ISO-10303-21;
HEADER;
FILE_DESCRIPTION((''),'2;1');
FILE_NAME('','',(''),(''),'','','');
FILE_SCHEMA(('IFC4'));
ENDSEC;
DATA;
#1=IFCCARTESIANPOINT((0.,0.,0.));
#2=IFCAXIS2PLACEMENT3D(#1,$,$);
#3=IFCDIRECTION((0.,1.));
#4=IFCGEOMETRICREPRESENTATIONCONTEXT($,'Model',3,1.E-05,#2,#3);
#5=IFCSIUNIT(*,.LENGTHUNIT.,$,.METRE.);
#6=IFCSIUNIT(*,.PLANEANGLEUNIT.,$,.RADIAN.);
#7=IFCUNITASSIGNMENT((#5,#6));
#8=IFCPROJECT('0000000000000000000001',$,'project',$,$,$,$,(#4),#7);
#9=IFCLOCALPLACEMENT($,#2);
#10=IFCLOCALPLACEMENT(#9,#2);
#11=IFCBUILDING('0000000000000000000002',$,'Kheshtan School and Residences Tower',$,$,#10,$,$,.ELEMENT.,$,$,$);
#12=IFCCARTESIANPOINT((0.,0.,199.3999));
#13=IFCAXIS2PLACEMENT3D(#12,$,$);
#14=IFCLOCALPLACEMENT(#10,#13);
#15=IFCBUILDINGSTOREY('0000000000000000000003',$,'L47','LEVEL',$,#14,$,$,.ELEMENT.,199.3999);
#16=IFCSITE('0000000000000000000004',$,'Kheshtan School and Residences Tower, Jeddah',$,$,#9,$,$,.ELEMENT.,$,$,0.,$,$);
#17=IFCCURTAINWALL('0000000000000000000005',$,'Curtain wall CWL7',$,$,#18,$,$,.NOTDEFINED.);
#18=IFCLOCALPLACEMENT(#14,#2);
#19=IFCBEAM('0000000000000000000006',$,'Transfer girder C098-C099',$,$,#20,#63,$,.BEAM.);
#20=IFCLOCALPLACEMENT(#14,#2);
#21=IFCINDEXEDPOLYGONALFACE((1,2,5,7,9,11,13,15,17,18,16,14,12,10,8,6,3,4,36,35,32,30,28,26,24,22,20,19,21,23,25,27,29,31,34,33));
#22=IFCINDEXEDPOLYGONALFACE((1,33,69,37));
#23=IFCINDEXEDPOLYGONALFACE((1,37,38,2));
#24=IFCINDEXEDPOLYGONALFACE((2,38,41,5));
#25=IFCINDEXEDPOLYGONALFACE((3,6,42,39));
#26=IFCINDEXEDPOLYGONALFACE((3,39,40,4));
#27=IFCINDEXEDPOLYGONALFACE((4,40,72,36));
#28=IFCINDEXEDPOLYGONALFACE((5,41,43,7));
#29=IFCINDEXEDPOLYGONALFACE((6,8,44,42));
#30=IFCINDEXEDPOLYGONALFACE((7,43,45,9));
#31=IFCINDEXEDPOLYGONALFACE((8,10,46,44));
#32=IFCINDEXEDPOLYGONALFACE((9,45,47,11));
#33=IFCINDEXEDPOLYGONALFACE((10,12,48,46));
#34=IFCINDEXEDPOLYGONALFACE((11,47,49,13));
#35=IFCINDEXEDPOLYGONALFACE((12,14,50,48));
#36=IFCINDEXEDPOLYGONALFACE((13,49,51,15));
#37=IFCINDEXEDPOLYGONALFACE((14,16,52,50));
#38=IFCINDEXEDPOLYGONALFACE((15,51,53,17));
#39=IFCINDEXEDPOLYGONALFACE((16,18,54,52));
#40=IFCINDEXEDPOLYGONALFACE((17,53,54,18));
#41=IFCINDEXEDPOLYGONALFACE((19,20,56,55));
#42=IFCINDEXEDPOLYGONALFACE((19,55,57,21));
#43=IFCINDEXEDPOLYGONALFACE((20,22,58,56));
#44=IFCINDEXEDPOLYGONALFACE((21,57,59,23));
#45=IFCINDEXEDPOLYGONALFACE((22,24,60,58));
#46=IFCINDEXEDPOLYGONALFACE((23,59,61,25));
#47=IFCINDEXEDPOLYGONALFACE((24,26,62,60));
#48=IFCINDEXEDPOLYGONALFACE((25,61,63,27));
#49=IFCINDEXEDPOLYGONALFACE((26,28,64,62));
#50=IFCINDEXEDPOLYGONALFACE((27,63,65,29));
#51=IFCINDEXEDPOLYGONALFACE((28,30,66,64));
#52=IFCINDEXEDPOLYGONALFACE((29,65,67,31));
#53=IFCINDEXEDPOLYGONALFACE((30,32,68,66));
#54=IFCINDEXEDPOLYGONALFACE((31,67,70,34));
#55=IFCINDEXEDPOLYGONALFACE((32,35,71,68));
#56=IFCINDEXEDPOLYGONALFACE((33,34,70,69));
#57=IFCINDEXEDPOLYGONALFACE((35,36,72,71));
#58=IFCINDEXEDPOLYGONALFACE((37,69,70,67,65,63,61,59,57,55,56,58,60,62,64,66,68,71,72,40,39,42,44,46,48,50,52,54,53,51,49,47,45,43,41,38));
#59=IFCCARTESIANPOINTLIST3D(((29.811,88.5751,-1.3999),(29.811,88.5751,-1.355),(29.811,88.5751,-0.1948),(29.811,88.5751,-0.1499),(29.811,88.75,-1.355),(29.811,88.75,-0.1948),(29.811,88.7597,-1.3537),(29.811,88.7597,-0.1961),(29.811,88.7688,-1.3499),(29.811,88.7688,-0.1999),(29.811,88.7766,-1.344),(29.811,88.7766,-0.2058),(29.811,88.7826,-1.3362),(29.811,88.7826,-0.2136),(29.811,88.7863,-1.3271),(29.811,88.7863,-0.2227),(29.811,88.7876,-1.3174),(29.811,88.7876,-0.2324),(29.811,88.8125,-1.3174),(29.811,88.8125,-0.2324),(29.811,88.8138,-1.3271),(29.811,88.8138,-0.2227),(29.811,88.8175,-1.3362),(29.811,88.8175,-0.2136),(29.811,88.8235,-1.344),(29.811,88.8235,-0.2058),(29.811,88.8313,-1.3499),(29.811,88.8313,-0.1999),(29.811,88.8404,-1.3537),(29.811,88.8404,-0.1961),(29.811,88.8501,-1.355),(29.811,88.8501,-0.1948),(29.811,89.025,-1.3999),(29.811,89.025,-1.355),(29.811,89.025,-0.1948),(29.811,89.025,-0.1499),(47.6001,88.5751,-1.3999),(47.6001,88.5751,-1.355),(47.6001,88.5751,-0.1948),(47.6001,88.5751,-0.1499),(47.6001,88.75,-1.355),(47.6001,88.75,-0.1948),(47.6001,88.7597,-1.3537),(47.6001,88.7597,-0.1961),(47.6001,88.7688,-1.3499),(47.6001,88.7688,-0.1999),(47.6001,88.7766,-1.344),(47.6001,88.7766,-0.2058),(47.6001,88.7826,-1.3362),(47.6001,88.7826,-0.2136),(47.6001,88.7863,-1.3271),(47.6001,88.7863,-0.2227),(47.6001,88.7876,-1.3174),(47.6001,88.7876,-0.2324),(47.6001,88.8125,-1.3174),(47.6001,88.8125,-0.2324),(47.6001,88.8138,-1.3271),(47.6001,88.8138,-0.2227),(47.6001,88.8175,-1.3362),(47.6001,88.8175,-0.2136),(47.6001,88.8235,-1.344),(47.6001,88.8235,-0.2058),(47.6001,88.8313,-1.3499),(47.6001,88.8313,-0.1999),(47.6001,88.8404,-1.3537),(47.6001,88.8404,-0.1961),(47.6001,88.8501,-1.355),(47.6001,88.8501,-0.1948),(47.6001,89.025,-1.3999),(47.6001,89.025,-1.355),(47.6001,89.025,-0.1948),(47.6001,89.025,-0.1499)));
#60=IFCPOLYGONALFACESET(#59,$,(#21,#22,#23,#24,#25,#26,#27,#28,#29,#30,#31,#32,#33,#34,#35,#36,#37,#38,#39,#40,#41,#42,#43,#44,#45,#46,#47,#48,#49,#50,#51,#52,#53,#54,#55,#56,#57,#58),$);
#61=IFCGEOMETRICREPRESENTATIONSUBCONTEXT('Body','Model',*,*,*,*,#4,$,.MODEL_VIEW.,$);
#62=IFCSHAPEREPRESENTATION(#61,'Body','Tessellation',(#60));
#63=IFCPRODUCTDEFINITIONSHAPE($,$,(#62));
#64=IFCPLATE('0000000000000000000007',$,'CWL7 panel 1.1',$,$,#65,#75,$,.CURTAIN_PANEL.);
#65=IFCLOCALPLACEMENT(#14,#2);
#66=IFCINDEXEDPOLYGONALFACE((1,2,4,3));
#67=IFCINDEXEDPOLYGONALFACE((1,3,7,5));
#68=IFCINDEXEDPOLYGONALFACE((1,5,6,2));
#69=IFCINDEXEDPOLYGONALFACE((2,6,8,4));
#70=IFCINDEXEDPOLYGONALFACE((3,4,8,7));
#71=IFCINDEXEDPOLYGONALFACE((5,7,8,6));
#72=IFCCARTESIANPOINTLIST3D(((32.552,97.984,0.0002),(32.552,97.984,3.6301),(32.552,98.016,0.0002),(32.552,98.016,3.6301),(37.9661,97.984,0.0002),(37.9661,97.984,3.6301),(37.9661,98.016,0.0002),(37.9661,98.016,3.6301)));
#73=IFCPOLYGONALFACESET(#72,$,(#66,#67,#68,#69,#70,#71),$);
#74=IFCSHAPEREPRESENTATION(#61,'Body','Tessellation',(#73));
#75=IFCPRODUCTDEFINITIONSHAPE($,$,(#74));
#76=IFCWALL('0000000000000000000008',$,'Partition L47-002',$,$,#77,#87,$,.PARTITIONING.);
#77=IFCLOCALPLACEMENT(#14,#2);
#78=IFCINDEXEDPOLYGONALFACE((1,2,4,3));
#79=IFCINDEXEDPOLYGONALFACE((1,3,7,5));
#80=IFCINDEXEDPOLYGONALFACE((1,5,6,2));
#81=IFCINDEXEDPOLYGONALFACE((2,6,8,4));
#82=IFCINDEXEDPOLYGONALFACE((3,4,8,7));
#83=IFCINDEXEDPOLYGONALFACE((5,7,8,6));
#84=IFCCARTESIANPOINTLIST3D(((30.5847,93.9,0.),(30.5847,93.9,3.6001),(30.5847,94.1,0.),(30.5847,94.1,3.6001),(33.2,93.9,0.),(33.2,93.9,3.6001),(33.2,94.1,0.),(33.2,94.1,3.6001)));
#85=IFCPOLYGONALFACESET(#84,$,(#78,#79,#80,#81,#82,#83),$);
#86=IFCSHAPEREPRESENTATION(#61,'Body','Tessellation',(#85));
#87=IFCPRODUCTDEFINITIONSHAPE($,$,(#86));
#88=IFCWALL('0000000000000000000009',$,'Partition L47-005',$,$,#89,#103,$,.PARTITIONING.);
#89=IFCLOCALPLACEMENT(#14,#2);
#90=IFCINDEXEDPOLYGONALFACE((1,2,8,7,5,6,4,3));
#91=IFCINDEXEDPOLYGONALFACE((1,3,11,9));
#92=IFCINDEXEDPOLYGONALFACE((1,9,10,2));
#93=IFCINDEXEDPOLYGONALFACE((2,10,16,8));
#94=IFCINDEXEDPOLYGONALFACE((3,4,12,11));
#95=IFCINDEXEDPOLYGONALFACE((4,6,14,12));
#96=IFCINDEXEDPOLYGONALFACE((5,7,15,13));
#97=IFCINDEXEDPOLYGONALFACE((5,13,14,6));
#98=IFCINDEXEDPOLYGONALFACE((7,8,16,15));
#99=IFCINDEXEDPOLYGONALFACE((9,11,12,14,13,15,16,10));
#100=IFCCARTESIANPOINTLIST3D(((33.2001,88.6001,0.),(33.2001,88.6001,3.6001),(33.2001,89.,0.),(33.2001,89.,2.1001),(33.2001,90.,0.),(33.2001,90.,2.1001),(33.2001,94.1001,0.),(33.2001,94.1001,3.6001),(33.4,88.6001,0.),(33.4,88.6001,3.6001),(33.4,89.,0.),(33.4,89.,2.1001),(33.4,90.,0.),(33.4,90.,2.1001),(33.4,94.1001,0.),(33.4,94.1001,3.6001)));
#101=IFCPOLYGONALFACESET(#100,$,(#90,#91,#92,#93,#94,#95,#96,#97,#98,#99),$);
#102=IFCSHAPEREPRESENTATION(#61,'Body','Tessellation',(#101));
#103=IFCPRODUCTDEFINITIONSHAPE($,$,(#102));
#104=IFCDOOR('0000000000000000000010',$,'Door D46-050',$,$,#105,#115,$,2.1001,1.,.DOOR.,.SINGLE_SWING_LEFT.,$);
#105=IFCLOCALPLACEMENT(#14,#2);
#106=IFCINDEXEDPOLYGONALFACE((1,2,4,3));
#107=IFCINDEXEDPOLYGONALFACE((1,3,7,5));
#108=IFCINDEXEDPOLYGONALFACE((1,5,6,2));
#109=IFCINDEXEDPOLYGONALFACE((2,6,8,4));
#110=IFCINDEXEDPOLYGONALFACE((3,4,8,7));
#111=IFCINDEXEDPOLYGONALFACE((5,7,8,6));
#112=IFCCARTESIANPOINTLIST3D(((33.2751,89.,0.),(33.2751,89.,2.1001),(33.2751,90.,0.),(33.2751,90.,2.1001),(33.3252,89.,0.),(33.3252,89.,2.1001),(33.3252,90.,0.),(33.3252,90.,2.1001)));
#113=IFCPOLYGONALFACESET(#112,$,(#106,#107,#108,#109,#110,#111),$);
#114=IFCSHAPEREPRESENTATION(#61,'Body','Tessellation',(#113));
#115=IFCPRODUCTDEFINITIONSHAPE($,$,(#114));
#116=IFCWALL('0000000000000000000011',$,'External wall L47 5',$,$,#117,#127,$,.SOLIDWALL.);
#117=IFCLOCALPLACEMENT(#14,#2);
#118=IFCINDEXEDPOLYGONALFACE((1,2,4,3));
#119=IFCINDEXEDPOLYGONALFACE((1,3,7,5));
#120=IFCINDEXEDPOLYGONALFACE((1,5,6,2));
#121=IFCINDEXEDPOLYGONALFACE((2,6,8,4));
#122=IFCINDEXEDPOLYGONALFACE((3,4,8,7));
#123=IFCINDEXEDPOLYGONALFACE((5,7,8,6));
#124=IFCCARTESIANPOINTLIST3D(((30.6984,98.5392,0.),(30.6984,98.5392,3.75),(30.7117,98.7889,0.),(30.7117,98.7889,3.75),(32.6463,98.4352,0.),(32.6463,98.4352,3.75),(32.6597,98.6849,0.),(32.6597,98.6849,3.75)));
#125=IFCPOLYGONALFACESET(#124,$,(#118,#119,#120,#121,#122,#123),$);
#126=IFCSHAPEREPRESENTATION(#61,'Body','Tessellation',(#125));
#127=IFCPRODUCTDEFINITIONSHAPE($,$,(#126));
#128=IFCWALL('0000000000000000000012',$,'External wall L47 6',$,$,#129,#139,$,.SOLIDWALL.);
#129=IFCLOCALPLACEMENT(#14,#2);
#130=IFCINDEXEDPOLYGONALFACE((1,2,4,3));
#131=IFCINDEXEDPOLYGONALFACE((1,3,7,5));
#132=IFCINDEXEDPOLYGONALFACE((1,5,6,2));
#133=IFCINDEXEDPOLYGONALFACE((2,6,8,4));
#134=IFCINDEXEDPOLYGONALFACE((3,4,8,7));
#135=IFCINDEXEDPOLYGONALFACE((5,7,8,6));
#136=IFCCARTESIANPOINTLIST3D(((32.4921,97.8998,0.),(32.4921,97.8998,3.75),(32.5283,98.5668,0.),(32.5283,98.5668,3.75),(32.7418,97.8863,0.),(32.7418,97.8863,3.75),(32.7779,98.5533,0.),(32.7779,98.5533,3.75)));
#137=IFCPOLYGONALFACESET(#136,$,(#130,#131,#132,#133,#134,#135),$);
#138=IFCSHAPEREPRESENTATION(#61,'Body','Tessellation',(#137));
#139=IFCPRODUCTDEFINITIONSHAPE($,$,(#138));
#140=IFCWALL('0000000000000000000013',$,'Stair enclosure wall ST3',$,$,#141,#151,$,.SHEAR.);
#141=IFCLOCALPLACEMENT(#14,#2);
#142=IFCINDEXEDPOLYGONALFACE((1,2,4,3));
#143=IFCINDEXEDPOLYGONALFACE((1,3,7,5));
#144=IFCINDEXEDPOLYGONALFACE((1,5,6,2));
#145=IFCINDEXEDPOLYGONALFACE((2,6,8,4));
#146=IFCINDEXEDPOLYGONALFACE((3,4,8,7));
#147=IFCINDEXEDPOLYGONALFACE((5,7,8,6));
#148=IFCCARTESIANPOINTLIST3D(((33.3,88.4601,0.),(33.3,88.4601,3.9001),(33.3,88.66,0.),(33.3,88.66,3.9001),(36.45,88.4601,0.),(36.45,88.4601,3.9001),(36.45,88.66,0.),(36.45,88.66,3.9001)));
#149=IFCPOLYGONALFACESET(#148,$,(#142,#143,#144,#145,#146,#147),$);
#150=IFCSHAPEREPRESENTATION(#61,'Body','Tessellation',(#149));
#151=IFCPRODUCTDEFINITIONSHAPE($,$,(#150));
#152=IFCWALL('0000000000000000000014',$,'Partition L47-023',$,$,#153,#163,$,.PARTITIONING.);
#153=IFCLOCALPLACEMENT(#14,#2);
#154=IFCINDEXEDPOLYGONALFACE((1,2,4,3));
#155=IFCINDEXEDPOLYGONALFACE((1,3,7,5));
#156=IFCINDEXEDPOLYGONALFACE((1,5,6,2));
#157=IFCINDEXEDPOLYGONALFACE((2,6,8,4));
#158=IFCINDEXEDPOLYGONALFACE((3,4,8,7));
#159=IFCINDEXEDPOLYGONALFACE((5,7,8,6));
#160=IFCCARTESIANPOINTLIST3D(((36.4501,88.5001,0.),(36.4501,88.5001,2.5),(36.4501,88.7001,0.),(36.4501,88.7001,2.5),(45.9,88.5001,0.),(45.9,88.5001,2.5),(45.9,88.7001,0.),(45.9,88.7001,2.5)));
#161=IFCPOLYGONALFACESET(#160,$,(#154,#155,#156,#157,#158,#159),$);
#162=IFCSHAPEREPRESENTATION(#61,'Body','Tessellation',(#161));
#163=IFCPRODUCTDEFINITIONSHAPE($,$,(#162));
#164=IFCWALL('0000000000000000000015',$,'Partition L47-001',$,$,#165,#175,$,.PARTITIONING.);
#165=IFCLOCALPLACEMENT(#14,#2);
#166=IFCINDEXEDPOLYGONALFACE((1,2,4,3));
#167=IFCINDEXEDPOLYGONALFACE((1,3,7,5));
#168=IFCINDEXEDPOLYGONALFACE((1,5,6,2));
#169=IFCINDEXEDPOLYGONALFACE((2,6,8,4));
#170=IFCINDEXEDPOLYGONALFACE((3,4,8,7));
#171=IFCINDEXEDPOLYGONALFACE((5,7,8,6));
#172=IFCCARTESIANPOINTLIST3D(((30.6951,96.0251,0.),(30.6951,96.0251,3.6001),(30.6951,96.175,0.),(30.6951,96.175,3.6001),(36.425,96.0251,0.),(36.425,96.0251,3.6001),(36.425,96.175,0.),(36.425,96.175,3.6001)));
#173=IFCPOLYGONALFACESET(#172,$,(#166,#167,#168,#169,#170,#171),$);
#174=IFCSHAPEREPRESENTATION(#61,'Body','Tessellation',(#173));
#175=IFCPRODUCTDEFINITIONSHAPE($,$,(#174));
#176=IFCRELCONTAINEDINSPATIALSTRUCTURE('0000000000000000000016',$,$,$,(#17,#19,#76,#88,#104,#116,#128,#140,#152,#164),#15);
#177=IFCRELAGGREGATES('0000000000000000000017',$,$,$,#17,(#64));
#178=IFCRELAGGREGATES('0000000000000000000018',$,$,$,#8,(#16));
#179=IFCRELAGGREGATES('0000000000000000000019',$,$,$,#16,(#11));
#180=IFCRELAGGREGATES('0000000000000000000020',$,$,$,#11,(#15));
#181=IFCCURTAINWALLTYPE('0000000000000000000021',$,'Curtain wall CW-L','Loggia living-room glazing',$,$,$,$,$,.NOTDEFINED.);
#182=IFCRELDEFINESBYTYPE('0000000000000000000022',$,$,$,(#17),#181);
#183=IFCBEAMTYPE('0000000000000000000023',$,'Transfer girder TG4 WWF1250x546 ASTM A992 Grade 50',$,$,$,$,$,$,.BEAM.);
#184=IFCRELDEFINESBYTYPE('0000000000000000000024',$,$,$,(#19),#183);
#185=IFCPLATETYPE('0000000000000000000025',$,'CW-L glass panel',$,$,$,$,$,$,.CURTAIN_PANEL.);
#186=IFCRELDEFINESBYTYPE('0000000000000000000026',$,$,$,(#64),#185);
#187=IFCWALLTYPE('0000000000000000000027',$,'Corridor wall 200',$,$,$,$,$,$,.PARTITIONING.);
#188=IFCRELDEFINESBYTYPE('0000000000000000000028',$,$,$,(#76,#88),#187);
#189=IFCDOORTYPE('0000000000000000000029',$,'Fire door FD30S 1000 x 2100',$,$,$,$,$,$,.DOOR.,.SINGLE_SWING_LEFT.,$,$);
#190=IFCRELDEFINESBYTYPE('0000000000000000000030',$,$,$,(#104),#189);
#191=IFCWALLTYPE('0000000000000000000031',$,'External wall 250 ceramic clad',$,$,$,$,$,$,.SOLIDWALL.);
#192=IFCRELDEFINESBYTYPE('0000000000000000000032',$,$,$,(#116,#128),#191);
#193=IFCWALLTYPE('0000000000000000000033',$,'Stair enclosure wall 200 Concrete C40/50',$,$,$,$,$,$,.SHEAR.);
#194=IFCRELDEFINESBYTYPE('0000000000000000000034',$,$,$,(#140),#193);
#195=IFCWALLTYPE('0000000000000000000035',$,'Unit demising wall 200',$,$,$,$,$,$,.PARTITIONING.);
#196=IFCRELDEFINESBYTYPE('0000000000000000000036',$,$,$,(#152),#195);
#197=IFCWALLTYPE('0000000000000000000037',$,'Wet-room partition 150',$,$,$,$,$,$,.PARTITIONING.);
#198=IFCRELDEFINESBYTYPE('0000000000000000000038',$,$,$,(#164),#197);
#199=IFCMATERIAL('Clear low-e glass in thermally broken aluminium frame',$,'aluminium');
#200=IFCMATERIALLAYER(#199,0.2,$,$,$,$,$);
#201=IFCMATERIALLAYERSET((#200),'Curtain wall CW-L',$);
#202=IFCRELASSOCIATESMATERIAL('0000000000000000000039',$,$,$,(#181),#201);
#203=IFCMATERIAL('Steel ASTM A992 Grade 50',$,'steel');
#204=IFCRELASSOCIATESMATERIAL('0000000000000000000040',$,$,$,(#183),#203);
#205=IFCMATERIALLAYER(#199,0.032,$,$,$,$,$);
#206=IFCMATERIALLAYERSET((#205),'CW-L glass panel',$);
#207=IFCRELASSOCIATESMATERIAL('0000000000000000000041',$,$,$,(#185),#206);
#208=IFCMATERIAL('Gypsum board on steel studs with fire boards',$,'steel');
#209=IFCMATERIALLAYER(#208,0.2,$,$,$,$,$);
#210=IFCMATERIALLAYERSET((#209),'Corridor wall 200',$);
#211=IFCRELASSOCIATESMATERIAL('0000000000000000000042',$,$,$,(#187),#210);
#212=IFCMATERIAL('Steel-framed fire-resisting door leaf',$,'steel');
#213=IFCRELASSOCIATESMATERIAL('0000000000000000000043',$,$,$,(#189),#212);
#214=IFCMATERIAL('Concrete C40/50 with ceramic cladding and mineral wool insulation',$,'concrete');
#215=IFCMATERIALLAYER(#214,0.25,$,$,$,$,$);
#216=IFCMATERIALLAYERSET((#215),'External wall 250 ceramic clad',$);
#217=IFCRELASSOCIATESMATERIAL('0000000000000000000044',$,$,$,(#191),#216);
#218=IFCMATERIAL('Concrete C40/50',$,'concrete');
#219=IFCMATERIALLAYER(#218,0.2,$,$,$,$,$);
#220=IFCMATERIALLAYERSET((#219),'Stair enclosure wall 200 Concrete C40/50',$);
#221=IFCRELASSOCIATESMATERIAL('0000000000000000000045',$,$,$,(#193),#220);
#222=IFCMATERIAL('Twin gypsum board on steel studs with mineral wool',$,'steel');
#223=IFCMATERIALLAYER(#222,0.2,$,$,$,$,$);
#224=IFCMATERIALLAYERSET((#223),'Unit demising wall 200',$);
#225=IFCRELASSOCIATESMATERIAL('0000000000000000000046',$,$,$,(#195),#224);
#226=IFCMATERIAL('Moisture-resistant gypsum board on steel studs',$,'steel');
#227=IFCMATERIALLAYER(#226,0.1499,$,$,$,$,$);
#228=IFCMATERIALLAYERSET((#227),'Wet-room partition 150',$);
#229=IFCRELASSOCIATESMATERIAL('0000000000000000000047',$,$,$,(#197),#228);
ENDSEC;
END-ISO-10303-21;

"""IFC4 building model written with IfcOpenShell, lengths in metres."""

from ifc_helpers import new_model, si_unit, direction, frame, frame_2d, origin, origin_2d, place, context, subcontext, project, spatial, rectangle, i_section, extrude, source, transform, mapped, material, layer, layer_set, material_profile, profile_set, type_object, element, fill, aggregate, save


model = new_model("IFC4")

# Units and contexts
model_context = context("Model", 3, precision=1e-05, world=origin(), true_north=direction((0.0, 1.0)))
body_context = subcontext(model_context, "Body", "Model", "MODEL_VIEW")
ifc_project = project(units=[si_unit("LENGTHUNIT", "METRE"), si_unit("PLANEANGLEUNIT", "RADIAN")], contexts=[model_context])

# Site, building, storey
site_placement = place(None, origin())
site = spatial("IfcSite", under=ifc_project, at=site_placement, Name="Kheshtan School and Residences Tower, Jeddah", CompositionType="ELEMENT", RefElevation=0.0)
building_placement = place(site_placement, origin())
building = spatial("IfcBuilding", under=site, at=building_placement, Name="Kheshtan School and Residences Tower", CompositionType="ELEMENT")
storey_placement = place(building_placement, frame((0.0, 0.0, 199.3999)))
storey = spatial("IfcBuildingStorey", under=building, at=storey_placement, Name="L47", Description="LEVEL", CompositionType="ELEMENT", Elevation=199.3999)

# Shared definitions
ifc_material_1 = material(Name="Steel ASTM A992 Grade 50", Category="steel")

# Curtain wall
ifc_material_2 = material(Name="Clear low-e glass in thermally broken aluminium frame", Category="aluminium")
ifc_layer_1 = layer(ifc_material_2, 0.2)
ifc_layer_set_1 = layer_set([ifc_layer_1], Name="Curtain wall CW-L")
curtain_wall_type = type_object("IfcCurtainWallType", Name="Curtain wall CW-L", Description="Loggia living-room glazing", PredefinedType="NOTDEFINED", material=ifc_layer_set_1)
curtain_wall_placement = place(storey_placement, origin())
curtain_wall = element("IfcCurtainWall", 1, at=curtain_wall_placement, inside=storey, type_object=curtain_wall_type, Name="Curtain wall CWL7", PredefinedType="NOTDEFINED")

# Beam
ifc_material_profile_1 = material_profile(ifc_material_1, i_section(OverallWidth=0.45, OverallDepth=1.25, WebThickness=0.0249, FlangeThickness=0.0449, FilletRadius=0.0376, at=origin_2d()), Name="WWF1250x546")
ifc_profile_set_1 = profile_set([ifc_material_profile_1], Name="Steel ASTM A992 Grade 50")
beam_type_1 = type_object("IfcBeamType", Name="Transfer girder TG4 WWF1250x546 ASTM A992 Grade 50", PredefinedType="BEAM", material=ifc_profile_set_1)
beam_1_placement = place(storey_placement, frame((29.811, 88.8, -0.7749), z_axis=(1.0, 0.0, 0.0), x_axis=(0.0, 1.0, 0.0)))
element("IfcBeam", 2, at=beam_1_placement, inside=storey, type_object=beam_type_1, Name="Transfer girder C098-C099", PredefinedType="BEAM", context=body_context, shape_type="SweptSolid", body=[
    extrude(i_section(OverallWidth=0.45, OverallDepth=1.25, WebThickness=0.0249, FlangeThickness=0.0449, FilletRadius=0.0376, at=origin_2d()), origin(), (0.0, 0.0, 1.0), 17.7891),
])

# Plate
ifc_layer_2 = layer(ifc_material_2, 0.032)
ifc_layer_set_2 = layer_set([ifc_layer_2], Name="CW-L glass panel")
plate_type = type_object("IfcPlateType", Name="CW-L glass panel", PredefinedType="CURTAIN_PANEL", material=ifc_layer_set_2)
plate_placement = place(storey_placement, frame((35.259, 98.0, 0.0002), z_axis=(0.0, 0.0, 1.0), x_axis=(1.0, 0.0, 0.0)))
plate = element("IfcPlate", 3, at=plate_placement, type_object=plate_type, Name="CWL7 panel 1.1", PredefinedType="CURTAIN_PANEL", context=body_context, shape_type="SweptSolid", body=[
    extrude(rectangle(XDim=5.4141, YDim=0.032, at=origin_2d()), origin(), (0.0, 0.0, 1.0), 3.6299),
])
aggregate(curtain_wall, [plate])

# Wall
ifc_material_3 = material(Name="Gypsum board on steel studs with fire boards", Category="steel")
ifc_layer_3 = layer(ifc_material_3, 0.2)
ifc_layer_set_3 = layer_set([ifc_layer_3], Name="Corridor wall 200")
wall_type_1 = type_object("IfcWallType", Name="Corridor wall 200", PredefinedType="PARTITIONING", material=ifc_layer_set_3)
wall_1_placement = place(storey_placement, frame((30.5847, 94.0, 0.0), z_axis=(0.0, 0.0, 1.0), x_axis=(1.0, 0.0, 0.0)))
element("IfcWall", 4, at=wall_1_placement, inside=storey, type_object=wall_type_1, Name="Partition L47-002", PredefinedType="PARTITIONING", context=body_context, shape_type="SweptSolid", body=[
    extrude(rectangle(XDim=2.6152, YDim=0.2, at=frame_2d((1.3076, 0.0))), origin(), (0.0, 0.0, 1.0), 3.6001),
])

# Wall, opening, door
wall_2_placement = place(storey_placement, frame((33.3, 88.6001, 0.0), z_axis=(0.0, 0.0, 1.0), x_axis=(0.0, 1.0, 0.0)))
wall_2 = element("IfcWall", 5, at=wall_2_placement, inside=storey, type_object=wall_type_1, Name="Partition L47-005", PredefinedType="PARTITIONING", context=body_context, shape_type="SweptSolid", body=[
    extrude(rectangle(XDim=5.5, YDim=0.2, at=frame_2d((2.75, 0.0))), origin(), (0.0, 0.0, 1.0), 3.6001),
])
opening_1_placement = place(wall_2_placement, frame((0.3999, 0.0, 0.0)))
opening_1 = element("IfcOpeningElement", 6, at=opening_1_placement, cuts=wall_2, PredefinedType="OPENING", context=body_context, shape_type="SweptSolid", body=[
    extrude(rectangle(XDim=1.0, YDim=2.1001, at=frame_2d((0.5, 1.05))), frame((0.0, 0.1099, 0.0), z_axis=(0.0, -1.0, 0.0), x_axis=(1.0, 0.0, 0.0)), (0.0, 0.0, 1.0), 0.22),
])
ifc_material_4 = material(Name="Steel-framed fire-resisting door leaf", Category="steel")
door_type_1 = type_object("IfcDoorType", Name="Fire door FD30S 1000 x 2100", OperationType="SINGLE_SWING_LEFT", PredefinedType="DOOR", material=ifc_material_4)
shared_shape_1 = source(origin(), body_context, "Body", "SweptSolid", [
    extrude(rectangle(XDim=1.0, YDim=2.1001, at=frame_2d((0.5, 1.05))), frame((0.0, 0.0249, 0.0), z_axis=(0.0, -1.0, 0.0), x_axis=(1.0, 0.0, 0.0)), (0.0, 0.0, 1.0), 0.05),
])
door_1_placement = place(opening_1_placement, origin())
door_1 = element("IfcDoor", 7, at=door_1_placement, inside=storey, type_object=door_type_1, Name="Door D46-050", OperationType="SINGLE_SWING_LEFT", OverallHeight=2.1001, OverallWidth=1.0, PredefinedType="DOOR", context=body_context, shape_type="MappedRepresentation", body=[
    mapped(shared_shape_1, transform((0.0, 0.0, 0.0), x_axis=(1.0, 0.0, 0.0), y_axis=(0.0, 1.0, 0.0), z_axis=(0.0, 0.0, 1.0), scale=1.0)),
])
fill(opening_1, door_1)

# Walls
ifc_material_5 = material(Name="Concrete C40/50 with ceramic cladding and mineral wool insulation", Category="concrete")
ifc_layer_4 = layer(ifc_material_5, 0.25)
ifc_layer_set_4 = layer_set([ifc_layer_4], Name="External wall 250 ceramic clad")
wall_type_2 = type_object("IfcWallType", Name="External wall 250 ceramic clad", PredefinedType="SOLIDWALL", material=ifc_layer_set_4)
wall_3_placement = place(storey_placement, frame((30.7051, 98.6641, 0.0), z_axis=(0.0, 0.0, 1.0), x_axis=(0.998578, -0.053314, 0.0)))
element("IfcWall", 8, at=wall_3_placement, inside=storey, type_object=wall_type_2, Name="External wall L47 5", PredefinedType="SOLIDWALL", context=body_context, shape_type="SweptSolid", body=[
    extrude(rectangle(XDim=1.9507, YDim=0.25, at=frame_2d((0.9753, 0.0))), origin(), (0.0, 0.0, 1.0), 3.75),
])
wall_4_placement = place(storey_placement, frame((32.6531, 98.5601, 0.0), z_axis=(0.0, 0.0, 1.0), x_axis=(-0.054093, -0.998536, 0.0)))
element("IfcWall", 9, at=wall_4_placement, inside=storey, type_object=wall_type_2, Name="External wall L47 6", PredefinedType="SOLIDWALL", context=body_context, shape_type="SweptSolid", body=[
    extrude(rectangle(XDim=0.668, YDim=0.25, at=frame_2d((0.334, 0.0))), origin(), (0.0, 0.0, 1.0), 3.75),
])
ifc_material_6 = material(Name="Concrete C40/50", Category="concrete")
ifc_layer_5 = layer(ifc_material_6, 0.2)
ifc_layer_set_5 = layer_set([ifc_layer_5], Name="Stair enclosure wall 200 Concrete C40/50")
wall_type_3 = type_object("IfcWallType", Name="Stair enclosure wall 200 Concrete C40/50", PredefinedType="SHEAR", material=ifc_layer_set_5)
wall_5_placement = place(storey_placement, frame((33.3, 88.5601, 0.0), z_axis=(0.0, 0.0, 1.0), x_axis=(1.0, 0.0, 0.0)))
element("IfcWall", 10, at=wall_5_placement, inside=storey, type_object=wall_type_3, Name="Stair enclosure wall ST3", PredefinedType="SHEAR", context=body_context, shape_type="SweptSolid", body=[
    extrude(rectangle(XDim=3.1499, YDim=0.2, at=frame_2d((1.575, 0.0))), origin(), (0.0, 0.0, 1.0), 3.9001),
])
ifc_material_7 = material(Name="Twin gypsum board on steel studs with mineral wool", Category="steel")
ifc_layer_6 = layer(ifc_material_7, 0.2)
ifc_layer_set_6 = layer_set([ifc_layer_6], Name="Unit demising wall 200")
wall_type_4 = type_object("IfcWallType", Name="Unit demising wall 200", PredefinedType="PARTITIONING", material=ifc_layer_set_6)
wall_6_placement = place(storey_placement, frame((36.45, 88.6001, 0.0), z_axis=(0.0, 0.0, 1.0), x_axis=(1.0, 0.0, 0.0)))
element("IfcWall", 11, at=wall_6_placement, inside=storey, type_object=wall_type_4, Name="Partition L47-023", PredefinedType="PARTITIONING", context=body_context, shape_type="SweptSolid", body=[
    extrude(rectangle(XDim=9.45, YDim=0.2, at=frame_2d((4.7251, 0.0))), origin(), (0.0, 0.0, 1.0), 2.5),
])
ifc_material_8 = material(Name="Moisture-resistant gypsum board on steel studs", Category="steel")
ifc_layer_7 = layer(ifc_material_8, 0.1499)
ifc_layer_set_7 = layer_set([ifc_layer_7], Name="Wet-room partition 150")
wall_type_5 = type_object("IfcWallType", Name="Wet-room partition 150", PredefinedType="PARTITIONING", material=ifc_layer_set_7)
wall_7_placement = place(storey_placement, frame((30.6951, 96.1001, 0.0), z_axis=(0.0, 0.0, 1.0), x_axis=(1.0, 0.0, 0.0)))
element("IfcWall", 12, at=wall_7_placement, inside=storey, type_object=wall_type_5, Name="Partition L47-001", PredefinedType="PARTITIONING", context=body_context, shape_type="SweptSolid", body=[
    extrude(rectangle(XDim=5.73, YDim=0.1499, at=frame_2d((2.865, 0.0))), origin(), (0.0, 0.0, 1.0), 3.6001),
])

save(model, "model.ifc")
